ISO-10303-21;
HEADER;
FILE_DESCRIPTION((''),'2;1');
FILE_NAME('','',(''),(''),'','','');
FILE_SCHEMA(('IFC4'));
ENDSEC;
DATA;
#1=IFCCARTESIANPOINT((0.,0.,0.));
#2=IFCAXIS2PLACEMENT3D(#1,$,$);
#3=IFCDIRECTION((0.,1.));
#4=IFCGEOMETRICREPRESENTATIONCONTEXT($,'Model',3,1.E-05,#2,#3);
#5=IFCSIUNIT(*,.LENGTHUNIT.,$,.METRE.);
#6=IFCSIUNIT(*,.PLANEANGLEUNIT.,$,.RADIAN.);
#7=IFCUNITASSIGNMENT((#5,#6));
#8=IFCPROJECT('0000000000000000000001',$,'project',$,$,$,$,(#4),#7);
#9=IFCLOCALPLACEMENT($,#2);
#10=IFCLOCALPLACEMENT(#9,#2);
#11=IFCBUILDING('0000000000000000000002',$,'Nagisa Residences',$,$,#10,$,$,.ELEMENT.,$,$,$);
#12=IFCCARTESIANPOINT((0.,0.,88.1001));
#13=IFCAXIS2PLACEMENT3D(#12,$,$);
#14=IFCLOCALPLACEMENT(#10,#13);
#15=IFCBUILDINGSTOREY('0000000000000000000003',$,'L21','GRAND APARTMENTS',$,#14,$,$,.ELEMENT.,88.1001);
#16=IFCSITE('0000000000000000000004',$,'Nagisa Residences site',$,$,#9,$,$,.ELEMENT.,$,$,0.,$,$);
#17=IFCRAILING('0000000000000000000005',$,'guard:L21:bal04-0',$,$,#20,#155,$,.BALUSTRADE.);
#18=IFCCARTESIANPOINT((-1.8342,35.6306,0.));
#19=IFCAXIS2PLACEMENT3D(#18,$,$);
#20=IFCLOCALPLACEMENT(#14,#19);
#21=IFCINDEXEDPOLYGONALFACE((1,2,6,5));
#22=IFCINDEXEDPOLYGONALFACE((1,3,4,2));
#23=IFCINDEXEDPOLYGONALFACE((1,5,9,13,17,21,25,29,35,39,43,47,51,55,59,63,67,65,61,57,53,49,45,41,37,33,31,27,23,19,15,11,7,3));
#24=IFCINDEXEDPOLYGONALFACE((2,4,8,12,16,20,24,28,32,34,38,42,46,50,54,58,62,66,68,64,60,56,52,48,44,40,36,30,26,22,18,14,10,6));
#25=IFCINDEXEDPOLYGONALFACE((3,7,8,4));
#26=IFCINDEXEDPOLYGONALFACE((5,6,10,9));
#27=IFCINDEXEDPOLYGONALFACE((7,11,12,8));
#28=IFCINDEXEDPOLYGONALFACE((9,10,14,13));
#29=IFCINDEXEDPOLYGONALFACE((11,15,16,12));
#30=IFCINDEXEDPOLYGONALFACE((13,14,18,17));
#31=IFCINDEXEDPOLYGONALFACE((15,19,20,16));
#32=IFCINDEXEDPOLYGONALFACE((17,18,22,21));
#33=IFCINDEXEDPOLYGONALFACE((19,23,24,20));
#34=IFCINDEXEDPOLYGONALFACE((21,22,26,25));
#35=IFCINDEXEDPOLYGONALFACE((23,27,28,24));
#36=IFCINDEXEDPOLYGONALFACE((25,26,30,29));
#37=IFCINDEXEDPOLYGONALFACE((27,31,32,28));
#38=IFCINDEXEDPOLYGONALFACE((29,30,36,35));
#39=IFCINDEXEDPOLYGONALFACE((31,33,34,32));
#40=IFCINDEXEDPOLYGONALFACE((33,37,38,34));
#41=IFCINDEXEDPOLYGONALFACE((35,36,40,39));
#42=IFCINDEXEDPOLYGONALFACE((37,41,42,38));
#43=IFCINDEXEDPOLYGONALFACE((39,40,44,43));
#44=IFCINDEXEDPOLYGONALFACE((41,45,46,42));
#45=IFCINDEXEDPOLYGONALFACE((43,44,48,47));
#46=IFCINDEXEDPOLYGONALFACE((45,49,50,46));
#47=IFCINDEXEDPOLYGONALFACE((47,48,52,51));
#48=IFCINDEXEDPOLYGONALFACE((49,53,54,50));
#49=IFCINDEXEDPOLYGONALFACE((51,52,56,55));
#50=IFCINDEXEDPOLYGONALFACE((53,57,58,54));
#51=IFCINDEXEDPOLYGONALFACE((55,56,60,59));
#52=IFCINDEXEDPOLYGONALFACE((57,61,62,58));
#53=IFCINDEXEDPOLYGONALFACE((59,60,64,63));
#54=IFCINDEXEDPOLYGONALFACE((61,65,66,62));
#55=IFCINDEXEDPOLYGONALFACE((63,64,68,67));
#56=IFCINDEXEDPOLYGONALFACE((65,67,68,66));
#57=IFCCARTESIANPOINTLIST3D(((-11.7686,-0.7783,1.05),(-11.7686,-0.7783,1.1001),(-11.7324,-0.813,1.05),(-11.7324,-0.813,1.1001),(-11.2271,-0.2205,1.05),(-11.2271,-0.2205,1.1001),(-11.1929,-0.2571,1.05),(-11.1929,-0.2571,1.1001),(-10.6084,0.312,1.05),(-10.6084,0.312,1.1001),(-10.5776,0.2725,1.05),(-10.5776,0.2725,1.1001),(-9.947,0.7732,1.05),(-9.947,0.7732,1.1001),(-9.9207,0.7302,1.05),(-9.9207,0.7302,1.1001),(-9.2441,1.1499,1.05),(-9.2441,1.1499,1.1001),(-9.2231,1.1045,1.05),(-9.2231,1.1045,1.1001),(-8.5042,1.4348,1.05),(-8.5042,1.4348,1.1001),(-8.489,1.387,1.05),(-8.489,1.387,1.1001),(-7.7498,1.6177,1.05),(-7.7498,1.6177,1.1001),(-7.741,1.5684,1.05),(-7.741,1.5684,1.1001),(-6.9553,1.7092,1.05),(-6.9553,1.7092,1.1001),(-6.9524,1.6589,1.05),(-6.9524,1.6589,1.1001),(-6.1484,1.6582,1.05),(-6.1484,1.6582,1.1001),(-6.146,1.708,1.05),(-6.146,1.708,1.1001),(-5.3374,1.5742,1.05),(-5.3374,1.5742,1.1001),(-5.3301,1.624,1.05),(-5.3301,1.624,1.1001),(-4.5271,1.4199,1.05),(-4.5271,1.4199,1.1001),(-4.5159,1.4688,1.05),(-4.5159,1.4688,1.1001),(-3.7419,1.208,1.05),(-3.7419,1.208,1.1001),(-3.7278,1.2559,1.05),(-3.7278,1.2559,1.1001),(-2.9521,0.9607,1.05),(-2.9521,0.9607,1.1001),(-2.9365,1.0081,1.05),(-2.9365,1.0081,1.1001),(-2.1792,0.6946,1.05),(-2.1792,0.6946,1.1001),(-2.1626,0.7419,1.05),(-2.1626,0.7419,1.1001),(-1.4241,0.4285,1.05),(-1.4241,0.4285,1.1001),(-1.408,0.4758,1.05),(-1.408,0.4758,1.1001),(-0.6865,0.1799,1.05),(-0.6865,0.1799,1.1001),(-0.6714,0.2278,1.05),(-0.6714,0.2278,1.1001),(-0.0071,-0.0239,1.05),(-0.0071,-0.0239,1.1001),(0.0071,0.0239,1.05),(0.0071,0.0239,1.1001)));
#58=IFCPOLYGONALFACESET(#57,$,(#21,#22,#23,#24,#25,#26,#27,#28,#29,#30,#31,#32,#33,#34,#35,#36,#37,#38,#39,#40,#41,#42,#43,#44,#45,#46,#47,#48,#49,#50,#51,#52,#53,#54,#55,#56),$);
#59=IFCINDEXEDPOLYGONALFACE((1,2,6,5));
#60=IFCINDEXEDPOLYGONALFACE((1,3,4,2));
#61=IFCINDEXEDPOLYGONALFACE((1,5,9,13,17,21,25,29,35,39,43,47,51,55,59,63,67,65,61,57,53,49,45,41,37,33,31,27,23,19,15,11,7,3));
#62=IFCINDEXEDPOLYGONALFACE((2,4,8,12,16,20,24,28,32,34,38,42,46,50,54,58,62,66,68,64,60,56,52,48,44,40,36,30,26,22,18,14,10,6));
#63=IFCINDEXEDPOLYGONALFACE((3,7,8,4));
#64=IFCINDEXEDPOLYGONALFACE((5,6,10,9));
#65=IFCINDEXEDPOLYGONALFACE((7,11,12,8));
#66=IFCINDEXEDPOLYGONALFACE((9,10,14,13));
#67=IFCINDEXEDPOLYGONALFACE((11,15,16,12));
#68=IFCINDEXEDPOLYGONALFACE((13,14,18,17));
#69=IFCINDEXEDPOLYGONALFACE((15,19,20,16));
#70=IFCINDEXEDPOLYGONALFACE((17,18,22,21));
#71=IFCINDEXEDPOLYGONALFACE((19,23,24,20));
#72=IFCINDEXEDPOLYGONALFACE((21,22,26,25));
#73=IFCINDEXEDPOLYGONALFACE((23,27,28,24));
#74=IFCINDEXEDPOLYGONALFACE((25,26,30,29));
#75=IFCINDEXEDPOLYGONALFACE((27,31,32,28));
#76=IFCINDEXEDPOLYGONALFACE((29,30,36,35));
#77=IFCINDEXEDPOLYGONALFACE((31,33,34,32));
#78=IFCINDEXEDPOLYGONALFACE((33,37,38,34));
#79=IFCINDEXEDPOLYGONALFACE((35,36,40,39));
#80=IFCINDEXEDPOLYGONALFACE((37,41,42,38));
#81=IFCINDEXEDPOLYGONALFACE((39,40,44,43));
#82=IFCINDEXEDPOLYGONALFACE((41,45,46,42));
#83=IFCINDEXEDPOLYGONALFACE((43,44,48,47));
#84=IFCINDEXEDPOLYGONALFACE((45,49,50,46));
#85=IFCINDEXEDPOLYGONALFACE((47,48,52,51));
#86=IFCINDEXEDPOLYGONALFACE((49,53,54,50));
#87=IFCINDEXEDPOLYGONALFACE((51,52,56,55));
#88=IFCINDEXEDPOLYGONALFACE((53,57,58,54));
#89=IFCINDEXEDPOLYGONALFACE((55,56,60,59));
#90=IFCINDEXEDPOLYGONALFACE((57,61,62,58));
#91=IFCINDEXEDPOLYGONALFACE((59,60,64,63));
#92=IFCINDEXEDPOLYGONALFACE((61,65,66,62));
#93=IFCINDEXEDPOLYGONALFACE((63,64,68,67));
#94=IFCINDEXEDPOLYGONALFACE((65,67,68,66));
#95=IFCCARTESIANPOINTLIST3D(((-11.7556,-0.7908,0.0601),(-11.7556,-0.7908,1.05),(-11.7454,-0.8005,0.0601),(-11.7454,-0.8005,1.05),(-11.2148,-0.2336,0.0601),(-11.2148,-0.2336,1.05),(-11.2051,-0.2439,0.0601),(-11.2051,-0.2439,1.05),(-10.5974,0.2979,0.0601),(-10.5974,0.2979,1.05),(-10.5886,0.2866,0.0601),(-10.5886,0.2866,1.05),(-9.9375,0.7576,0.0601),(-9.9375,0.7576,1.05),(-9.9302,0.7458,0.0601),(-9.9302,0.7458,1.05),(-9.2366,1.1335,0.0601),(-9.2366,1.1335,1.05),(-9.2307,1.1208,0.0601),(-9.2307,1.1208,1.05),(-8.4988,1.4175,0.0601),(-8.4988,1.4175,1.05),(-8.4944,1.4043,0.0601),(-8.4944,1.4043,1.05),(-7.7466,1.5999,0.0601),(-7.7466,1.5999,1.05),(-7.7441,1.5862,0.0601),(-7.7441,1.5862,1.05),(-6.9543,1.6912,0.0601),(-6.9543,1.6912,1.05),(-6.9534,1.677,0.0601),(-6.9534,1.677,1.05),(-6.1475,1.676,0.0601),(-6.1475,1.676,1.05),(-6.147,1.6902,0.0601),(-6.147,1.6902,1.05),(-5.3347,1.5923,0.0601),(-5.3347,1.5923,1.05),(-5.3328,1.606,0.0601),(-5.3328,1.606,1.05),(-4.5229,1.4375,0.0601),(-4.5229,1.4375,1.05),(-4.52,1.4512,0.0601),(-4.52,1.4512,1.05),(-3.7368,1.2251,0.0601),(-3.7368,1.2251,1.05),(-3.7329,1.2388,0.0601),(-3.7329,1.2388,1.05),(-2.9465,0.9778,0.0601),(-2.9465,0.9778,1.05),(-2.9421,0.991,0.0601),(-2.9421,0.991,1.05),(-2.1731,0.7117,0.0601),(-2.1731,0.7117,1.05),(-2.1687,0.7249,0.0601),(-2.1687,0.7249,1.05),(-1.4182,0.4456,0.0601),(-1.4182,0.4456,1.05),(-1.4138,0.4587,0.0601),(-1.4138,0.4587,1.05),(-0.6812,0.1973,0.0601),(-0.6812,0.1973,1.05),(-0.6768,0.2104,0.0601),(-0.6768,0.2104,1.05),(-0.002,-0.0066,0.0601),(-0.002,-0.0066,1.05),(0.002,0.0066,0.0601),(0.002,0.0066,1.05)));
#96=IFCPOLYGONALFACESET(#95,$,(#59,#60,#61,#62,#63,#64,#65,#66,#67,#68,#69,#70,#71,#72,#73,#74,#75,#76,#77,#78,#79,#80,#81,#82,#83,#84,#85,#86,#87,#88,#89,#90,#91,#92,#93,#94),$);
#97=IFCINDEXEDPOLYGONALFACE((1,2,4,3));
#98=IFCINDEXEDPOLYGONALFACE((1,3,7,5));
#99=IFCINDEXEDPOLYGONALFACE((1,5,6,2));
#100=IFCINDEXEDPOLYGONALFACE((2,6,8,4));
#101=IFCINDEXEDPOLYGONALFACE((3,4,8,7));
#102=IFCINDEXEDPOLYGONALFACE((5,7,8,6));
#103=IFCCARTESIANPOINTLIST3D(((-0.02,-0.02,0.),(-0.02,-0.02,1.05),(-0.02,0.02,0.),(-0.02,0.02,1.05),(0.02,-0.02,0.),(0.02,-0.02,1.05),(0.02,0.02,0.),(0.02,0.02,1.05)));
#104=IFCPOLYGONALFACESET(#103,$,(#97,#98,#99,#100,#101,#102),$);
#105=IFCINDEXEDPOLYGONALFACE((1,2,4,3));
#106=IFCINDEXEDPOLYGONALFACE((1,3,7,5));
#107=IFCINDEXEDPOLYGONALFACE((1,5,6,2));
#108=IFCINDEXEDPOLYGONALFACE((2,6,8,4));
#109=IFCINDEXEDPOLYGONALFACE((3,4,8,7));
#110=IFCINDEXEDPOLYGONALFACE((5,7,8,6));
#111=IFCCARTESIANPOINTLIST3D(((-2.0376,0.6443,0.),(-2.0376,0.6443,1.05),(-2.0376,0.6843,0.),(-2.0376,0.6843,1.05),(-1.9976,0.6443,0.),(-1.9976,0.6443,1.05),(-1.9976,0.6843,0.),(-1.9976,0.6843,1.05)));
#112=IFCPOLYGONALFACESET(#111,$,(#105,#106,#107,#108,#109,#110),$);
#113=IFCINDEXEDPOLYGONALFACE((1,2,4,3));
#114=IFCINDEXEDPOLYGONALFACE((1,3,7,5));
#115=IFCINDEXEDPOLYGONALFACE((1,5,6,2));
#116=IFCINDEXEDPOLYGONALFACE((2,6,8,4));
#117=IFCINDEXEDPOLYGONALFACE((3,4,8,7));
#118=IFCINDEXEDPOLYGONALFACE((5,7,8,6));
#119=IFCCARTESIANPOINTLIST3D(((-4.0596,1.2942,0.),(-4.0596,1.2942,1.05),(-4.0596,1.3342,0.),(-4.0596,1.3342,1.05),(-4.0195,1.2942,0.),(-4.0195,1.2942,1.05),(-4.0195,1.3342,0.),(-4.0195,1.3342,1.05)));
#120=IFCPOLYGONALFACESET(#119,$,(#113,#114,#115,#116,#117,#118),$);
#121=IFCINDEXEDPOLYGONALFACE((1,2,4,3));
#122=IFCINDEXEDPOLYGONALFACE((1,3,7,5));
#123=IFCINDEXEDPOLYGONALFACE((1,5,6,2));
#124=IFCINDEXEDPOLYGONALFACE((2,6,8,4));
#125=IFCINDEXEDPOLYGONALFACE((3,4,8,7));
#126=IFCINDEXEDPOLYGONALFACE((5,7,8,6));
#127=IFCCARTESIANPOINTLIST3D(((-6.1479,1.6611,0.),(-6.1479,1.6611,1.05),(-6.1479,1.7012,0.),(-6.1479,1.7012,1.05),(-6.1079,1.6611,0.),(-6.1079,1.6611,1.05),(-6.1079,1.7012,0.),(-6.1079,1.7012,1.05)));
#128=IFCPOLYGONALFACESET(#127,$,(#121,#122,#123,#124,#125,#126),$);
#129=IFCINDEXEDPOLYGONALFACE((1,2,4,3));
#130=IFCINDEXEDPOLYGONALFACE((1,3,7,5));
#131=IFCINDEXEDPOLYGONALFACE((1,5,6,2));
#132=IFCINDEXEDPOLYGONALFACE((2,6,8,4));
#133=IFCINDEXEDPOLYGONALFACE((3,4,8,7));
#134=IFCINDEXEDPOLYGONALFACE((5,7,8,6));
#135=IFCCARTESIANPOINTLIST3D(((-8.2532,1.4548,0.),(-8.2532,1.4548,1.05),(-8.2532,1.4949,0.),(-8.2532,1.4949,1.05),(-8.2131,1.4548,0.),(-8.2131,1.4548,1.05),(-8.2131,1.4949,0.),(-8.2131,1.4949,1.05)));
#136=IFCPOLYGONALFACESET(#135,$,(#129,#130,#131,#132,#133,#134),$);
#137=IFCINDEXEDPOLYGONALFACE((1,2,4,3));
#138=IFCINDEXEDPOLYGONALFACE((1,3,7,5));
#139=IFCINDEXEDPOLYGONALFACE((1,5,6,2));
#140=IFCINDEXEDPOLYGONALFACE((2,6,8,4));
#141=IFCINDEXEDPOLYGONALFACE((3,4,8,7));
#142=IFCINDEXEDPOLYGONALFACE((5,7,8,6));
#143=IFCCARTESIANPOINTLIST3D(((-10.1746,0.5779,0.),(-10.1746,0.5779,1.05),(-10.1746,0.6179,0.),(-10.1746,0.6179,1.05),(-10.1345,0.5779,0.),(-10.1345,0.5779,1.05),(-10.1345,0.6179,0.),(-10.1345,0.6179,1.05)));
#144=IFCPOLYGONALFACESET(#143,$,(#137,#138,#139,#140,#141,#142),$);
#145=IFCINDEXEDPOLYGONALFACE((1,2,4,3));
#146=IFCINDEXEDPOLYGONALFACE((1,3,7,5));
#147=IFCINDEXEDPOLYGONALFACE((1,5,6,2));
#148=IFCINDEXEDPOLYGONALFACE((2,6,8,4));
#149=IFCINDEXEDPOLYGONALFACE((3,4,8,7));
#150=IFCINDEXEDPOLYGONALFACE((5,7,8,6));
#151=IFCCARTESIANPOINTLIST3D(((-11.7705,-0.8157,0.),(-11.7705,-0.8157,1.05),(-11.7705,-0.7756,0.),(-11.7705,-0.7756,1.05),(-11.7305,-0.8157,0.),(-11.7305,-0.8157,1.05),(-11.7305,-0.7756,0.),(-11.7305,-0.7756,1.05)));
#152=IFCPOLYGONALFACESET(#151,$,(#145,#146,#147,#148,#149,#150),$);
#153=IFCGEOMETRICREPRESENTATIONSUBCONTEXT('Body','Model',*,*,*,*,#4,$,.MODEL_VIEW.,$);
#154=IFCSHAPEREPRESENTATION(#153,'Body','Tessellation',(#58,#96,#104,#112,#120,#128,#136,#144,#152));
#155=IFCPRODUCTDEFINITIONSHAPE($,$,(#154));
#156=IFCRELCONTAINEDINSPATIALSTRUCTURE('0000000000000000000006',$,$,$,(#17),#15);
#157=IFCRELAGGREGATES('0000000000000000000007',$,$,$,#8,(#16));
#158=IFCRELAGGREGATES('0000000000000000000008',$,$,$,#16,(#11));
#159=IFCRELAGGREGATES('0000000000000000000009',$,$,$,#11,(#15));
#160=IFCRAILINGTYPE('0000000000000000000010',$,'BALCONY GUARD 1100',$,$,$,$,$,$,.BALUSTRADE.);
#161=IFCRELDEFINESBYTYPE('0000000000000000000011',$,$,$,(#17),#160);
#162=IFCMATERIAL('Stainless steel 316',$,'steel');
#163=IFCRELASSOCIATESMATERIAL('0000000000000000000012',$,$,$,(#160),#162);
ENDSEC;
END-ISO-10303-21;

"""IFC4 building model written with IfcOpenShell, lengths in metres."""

from ifc_helpers import new_model, si_unit, direction, frame, origin, origin_2d, place, context, subcontext, project, spatial, polyline, rectangle, outline, extrude, material, type_object, element, save


model = new_model("IFC4")

# Units and contexts
model_context = context("Model", 3, precision=1e-05, world=origin(), true_north=direction((0.0, 1.0)))
body_context = subcontext(model_context, "Body", "Model", "MODEL_VIEW")
ifc_project = project(units=[si_unit("LENGTHUNIT", "METRE"), si_unit("PLANEANGLEUNIT", "RADIAN")], contexts=[model_context])

# Site, building, storey
site_placement = place(None, origin())
site = spatial("IfcSite", under=ifc_project, at=site_placement, Name="Nagisa Residences site", CompositionType="ELEMENT", RefElevation=0.0)
building_placement = place(site_placement, origin())
building = spatial("IfcBuilding", under=site, at=building_placement, Name="Nagisa Residences", CompositionType="ELEMENT")
storey_placement = place(building_placement, frame((0.0, 0.0, 88.1001)))
storey = spatial("IfcBuildingStorey", under=building, at=storey_placement, Name="L21", Description="GRAND APARTMENTS", CompositionType="ELEMENT", Elevation=88.1001)

# Railing
ifc_material_1 = material(Name="Stainless steel 316", Category="steel")
railing_type = type_object("IfcRailingType", Name="BALCONY GUARD 1100", PredefinedType="BALUSTRADE", material=ifc_material_1)
railing_1_placement = place(storey_placement, frame((-1.8342, 35.6306, 0.0)))
element("IfcRailing", 1, at=railing_1_placement, inside=storey, type_object=railing_type, Name="guard:L21:bal04-0", PredefinedType="BALUSTRADE", context=body_context, shape_type="SweptSolid", body=[
    extrude(outline(polyline([(-0.6865, 0.1799), (-0.0071, -0.0239), (0.0071, 0.0239), (-0.6714, 0.2278), (-1.408, 0.4758), (-2.1626, 0.7419), (-2.9365, 1.0081), (-3.7278, 1.2559), (-4.5159, 1.4688), (-5.3301, 1.624), (-6.146, 1.708), (-6.9553, 1.7092), (-7.7498, 1.6177), (-8.5042, 1.4348), (-9.2441, 1.1499), (-9.947, 0.7732), (-10.6084, 0.312), (-11.2271, -0.2205), (-11.7686, -0.7783), (-11.7324, -0.813), (-11.1929, -0.2571), (-10.5776, 0.2725), (-9.9207, 0.7302), (-9.2231, 1.1045), (-8.489, 1.387), (-7.741, 1.5684), (-6.9524, 1.6589), (-6.1484, 1.6582), (-5.3374, 1.5742), (-4.5271, 1.4199), (-3.7419, 1.208), (-2.9521, 0.9607), (-2.1792, 0.6946), (-1.4241, 0.4285), (-0.6865, 0.1799)])), frame((0.0, 0.0, 1.05)), (0.0, 0.0, 1.0), 0.05),
    extrude(outline(polyline([(-0.6812, 0.1973), (-0.002, -0.0066), (0.002, 0.0066), (-0.6768, 0.2104), (-1.4138, 0.4587), (-2.1687, 0.7249), (-2.9421, 0.991), (-3.7329, 1.2388), (-4.52, 1.4512), (-5.3328, 1.606), (-6.147, 1.6902), (-6.9543, 1.6912), (-7.7466, 1.5999), (-8.4988, 1.4175), (-9.2366, 1.1335), (-9.9375, 0.7576), (-10.5974, 0.2979), (-11.2148, -0.2336), (-11.7556, -0.7908), (-11.7454, -0.8005), (-11.2051, -0.2439), (-10.5886, 0.2866), (-9.9302, 0.7458), (-9.2307, 1.1208), (-8.4944, 1.4043), (-7.7441, 1.5862), (-6.9534, 1.677), (-6.1475, 1.676), (-5.3347, 1.5923), (-4.5229, 1.4375), (-3.7368, 1.2251), (-2.9465, 0.9778), (-2.1731, 0.7117), (-1.4182, 0.4456), (-0.6812, 0.1973)])), frame((0.0, 0.0, 0.0601)), (0.0, 0.0, 1.0), 0.99),
    extrude(rectangle(XDim=0.04, YDim=0.04, at=origin_2d()), origin(), (0.0, 0.0, 1.0), 1.05),
    extrude(rectangle(XDim=0.04, YDim=0.04, at=origin_2d()), frame((-2.0176, 0.6643, 0.0)), (0.0, 0.0, 1.0), 1.05),
    extrude(rectangle(XDim=0.04, YDim=0.04, at=origin_2d()), frame((-4.0396, 1.3142, 0.0)), (0.0, 0.0, 1.0), 1.05),
    extrude(rectangle(XDim=0.04, YDim=0.04, at=origin_2d()), frame((-6.1279, 1.6812, 0.0)), (0.0, 0.0, 1.0), 1.05),
    extrude(rectangle(XDim=0.04, YDim=0.04, at=origin_2d()), frame((-8.2332, 1.4749, 0.0)), (0.0, 0.0, 1.0), 1.05),
    extrude(rectangle(XDim=0.04, YDim=0.04, at=origin_2d()), frame((-10.1545, 0.5979, 0.0)), (0.0, 0.0, 1.0), 1.05),
    extrude(rectangle(XDim=0.04, YDim=0.04, at=origin_2d()), frame((-11.7505, -0.7957, 0.0)), (0.0, 0.0, 1.0), 1.05),
])

save(model, "model.ifc")
